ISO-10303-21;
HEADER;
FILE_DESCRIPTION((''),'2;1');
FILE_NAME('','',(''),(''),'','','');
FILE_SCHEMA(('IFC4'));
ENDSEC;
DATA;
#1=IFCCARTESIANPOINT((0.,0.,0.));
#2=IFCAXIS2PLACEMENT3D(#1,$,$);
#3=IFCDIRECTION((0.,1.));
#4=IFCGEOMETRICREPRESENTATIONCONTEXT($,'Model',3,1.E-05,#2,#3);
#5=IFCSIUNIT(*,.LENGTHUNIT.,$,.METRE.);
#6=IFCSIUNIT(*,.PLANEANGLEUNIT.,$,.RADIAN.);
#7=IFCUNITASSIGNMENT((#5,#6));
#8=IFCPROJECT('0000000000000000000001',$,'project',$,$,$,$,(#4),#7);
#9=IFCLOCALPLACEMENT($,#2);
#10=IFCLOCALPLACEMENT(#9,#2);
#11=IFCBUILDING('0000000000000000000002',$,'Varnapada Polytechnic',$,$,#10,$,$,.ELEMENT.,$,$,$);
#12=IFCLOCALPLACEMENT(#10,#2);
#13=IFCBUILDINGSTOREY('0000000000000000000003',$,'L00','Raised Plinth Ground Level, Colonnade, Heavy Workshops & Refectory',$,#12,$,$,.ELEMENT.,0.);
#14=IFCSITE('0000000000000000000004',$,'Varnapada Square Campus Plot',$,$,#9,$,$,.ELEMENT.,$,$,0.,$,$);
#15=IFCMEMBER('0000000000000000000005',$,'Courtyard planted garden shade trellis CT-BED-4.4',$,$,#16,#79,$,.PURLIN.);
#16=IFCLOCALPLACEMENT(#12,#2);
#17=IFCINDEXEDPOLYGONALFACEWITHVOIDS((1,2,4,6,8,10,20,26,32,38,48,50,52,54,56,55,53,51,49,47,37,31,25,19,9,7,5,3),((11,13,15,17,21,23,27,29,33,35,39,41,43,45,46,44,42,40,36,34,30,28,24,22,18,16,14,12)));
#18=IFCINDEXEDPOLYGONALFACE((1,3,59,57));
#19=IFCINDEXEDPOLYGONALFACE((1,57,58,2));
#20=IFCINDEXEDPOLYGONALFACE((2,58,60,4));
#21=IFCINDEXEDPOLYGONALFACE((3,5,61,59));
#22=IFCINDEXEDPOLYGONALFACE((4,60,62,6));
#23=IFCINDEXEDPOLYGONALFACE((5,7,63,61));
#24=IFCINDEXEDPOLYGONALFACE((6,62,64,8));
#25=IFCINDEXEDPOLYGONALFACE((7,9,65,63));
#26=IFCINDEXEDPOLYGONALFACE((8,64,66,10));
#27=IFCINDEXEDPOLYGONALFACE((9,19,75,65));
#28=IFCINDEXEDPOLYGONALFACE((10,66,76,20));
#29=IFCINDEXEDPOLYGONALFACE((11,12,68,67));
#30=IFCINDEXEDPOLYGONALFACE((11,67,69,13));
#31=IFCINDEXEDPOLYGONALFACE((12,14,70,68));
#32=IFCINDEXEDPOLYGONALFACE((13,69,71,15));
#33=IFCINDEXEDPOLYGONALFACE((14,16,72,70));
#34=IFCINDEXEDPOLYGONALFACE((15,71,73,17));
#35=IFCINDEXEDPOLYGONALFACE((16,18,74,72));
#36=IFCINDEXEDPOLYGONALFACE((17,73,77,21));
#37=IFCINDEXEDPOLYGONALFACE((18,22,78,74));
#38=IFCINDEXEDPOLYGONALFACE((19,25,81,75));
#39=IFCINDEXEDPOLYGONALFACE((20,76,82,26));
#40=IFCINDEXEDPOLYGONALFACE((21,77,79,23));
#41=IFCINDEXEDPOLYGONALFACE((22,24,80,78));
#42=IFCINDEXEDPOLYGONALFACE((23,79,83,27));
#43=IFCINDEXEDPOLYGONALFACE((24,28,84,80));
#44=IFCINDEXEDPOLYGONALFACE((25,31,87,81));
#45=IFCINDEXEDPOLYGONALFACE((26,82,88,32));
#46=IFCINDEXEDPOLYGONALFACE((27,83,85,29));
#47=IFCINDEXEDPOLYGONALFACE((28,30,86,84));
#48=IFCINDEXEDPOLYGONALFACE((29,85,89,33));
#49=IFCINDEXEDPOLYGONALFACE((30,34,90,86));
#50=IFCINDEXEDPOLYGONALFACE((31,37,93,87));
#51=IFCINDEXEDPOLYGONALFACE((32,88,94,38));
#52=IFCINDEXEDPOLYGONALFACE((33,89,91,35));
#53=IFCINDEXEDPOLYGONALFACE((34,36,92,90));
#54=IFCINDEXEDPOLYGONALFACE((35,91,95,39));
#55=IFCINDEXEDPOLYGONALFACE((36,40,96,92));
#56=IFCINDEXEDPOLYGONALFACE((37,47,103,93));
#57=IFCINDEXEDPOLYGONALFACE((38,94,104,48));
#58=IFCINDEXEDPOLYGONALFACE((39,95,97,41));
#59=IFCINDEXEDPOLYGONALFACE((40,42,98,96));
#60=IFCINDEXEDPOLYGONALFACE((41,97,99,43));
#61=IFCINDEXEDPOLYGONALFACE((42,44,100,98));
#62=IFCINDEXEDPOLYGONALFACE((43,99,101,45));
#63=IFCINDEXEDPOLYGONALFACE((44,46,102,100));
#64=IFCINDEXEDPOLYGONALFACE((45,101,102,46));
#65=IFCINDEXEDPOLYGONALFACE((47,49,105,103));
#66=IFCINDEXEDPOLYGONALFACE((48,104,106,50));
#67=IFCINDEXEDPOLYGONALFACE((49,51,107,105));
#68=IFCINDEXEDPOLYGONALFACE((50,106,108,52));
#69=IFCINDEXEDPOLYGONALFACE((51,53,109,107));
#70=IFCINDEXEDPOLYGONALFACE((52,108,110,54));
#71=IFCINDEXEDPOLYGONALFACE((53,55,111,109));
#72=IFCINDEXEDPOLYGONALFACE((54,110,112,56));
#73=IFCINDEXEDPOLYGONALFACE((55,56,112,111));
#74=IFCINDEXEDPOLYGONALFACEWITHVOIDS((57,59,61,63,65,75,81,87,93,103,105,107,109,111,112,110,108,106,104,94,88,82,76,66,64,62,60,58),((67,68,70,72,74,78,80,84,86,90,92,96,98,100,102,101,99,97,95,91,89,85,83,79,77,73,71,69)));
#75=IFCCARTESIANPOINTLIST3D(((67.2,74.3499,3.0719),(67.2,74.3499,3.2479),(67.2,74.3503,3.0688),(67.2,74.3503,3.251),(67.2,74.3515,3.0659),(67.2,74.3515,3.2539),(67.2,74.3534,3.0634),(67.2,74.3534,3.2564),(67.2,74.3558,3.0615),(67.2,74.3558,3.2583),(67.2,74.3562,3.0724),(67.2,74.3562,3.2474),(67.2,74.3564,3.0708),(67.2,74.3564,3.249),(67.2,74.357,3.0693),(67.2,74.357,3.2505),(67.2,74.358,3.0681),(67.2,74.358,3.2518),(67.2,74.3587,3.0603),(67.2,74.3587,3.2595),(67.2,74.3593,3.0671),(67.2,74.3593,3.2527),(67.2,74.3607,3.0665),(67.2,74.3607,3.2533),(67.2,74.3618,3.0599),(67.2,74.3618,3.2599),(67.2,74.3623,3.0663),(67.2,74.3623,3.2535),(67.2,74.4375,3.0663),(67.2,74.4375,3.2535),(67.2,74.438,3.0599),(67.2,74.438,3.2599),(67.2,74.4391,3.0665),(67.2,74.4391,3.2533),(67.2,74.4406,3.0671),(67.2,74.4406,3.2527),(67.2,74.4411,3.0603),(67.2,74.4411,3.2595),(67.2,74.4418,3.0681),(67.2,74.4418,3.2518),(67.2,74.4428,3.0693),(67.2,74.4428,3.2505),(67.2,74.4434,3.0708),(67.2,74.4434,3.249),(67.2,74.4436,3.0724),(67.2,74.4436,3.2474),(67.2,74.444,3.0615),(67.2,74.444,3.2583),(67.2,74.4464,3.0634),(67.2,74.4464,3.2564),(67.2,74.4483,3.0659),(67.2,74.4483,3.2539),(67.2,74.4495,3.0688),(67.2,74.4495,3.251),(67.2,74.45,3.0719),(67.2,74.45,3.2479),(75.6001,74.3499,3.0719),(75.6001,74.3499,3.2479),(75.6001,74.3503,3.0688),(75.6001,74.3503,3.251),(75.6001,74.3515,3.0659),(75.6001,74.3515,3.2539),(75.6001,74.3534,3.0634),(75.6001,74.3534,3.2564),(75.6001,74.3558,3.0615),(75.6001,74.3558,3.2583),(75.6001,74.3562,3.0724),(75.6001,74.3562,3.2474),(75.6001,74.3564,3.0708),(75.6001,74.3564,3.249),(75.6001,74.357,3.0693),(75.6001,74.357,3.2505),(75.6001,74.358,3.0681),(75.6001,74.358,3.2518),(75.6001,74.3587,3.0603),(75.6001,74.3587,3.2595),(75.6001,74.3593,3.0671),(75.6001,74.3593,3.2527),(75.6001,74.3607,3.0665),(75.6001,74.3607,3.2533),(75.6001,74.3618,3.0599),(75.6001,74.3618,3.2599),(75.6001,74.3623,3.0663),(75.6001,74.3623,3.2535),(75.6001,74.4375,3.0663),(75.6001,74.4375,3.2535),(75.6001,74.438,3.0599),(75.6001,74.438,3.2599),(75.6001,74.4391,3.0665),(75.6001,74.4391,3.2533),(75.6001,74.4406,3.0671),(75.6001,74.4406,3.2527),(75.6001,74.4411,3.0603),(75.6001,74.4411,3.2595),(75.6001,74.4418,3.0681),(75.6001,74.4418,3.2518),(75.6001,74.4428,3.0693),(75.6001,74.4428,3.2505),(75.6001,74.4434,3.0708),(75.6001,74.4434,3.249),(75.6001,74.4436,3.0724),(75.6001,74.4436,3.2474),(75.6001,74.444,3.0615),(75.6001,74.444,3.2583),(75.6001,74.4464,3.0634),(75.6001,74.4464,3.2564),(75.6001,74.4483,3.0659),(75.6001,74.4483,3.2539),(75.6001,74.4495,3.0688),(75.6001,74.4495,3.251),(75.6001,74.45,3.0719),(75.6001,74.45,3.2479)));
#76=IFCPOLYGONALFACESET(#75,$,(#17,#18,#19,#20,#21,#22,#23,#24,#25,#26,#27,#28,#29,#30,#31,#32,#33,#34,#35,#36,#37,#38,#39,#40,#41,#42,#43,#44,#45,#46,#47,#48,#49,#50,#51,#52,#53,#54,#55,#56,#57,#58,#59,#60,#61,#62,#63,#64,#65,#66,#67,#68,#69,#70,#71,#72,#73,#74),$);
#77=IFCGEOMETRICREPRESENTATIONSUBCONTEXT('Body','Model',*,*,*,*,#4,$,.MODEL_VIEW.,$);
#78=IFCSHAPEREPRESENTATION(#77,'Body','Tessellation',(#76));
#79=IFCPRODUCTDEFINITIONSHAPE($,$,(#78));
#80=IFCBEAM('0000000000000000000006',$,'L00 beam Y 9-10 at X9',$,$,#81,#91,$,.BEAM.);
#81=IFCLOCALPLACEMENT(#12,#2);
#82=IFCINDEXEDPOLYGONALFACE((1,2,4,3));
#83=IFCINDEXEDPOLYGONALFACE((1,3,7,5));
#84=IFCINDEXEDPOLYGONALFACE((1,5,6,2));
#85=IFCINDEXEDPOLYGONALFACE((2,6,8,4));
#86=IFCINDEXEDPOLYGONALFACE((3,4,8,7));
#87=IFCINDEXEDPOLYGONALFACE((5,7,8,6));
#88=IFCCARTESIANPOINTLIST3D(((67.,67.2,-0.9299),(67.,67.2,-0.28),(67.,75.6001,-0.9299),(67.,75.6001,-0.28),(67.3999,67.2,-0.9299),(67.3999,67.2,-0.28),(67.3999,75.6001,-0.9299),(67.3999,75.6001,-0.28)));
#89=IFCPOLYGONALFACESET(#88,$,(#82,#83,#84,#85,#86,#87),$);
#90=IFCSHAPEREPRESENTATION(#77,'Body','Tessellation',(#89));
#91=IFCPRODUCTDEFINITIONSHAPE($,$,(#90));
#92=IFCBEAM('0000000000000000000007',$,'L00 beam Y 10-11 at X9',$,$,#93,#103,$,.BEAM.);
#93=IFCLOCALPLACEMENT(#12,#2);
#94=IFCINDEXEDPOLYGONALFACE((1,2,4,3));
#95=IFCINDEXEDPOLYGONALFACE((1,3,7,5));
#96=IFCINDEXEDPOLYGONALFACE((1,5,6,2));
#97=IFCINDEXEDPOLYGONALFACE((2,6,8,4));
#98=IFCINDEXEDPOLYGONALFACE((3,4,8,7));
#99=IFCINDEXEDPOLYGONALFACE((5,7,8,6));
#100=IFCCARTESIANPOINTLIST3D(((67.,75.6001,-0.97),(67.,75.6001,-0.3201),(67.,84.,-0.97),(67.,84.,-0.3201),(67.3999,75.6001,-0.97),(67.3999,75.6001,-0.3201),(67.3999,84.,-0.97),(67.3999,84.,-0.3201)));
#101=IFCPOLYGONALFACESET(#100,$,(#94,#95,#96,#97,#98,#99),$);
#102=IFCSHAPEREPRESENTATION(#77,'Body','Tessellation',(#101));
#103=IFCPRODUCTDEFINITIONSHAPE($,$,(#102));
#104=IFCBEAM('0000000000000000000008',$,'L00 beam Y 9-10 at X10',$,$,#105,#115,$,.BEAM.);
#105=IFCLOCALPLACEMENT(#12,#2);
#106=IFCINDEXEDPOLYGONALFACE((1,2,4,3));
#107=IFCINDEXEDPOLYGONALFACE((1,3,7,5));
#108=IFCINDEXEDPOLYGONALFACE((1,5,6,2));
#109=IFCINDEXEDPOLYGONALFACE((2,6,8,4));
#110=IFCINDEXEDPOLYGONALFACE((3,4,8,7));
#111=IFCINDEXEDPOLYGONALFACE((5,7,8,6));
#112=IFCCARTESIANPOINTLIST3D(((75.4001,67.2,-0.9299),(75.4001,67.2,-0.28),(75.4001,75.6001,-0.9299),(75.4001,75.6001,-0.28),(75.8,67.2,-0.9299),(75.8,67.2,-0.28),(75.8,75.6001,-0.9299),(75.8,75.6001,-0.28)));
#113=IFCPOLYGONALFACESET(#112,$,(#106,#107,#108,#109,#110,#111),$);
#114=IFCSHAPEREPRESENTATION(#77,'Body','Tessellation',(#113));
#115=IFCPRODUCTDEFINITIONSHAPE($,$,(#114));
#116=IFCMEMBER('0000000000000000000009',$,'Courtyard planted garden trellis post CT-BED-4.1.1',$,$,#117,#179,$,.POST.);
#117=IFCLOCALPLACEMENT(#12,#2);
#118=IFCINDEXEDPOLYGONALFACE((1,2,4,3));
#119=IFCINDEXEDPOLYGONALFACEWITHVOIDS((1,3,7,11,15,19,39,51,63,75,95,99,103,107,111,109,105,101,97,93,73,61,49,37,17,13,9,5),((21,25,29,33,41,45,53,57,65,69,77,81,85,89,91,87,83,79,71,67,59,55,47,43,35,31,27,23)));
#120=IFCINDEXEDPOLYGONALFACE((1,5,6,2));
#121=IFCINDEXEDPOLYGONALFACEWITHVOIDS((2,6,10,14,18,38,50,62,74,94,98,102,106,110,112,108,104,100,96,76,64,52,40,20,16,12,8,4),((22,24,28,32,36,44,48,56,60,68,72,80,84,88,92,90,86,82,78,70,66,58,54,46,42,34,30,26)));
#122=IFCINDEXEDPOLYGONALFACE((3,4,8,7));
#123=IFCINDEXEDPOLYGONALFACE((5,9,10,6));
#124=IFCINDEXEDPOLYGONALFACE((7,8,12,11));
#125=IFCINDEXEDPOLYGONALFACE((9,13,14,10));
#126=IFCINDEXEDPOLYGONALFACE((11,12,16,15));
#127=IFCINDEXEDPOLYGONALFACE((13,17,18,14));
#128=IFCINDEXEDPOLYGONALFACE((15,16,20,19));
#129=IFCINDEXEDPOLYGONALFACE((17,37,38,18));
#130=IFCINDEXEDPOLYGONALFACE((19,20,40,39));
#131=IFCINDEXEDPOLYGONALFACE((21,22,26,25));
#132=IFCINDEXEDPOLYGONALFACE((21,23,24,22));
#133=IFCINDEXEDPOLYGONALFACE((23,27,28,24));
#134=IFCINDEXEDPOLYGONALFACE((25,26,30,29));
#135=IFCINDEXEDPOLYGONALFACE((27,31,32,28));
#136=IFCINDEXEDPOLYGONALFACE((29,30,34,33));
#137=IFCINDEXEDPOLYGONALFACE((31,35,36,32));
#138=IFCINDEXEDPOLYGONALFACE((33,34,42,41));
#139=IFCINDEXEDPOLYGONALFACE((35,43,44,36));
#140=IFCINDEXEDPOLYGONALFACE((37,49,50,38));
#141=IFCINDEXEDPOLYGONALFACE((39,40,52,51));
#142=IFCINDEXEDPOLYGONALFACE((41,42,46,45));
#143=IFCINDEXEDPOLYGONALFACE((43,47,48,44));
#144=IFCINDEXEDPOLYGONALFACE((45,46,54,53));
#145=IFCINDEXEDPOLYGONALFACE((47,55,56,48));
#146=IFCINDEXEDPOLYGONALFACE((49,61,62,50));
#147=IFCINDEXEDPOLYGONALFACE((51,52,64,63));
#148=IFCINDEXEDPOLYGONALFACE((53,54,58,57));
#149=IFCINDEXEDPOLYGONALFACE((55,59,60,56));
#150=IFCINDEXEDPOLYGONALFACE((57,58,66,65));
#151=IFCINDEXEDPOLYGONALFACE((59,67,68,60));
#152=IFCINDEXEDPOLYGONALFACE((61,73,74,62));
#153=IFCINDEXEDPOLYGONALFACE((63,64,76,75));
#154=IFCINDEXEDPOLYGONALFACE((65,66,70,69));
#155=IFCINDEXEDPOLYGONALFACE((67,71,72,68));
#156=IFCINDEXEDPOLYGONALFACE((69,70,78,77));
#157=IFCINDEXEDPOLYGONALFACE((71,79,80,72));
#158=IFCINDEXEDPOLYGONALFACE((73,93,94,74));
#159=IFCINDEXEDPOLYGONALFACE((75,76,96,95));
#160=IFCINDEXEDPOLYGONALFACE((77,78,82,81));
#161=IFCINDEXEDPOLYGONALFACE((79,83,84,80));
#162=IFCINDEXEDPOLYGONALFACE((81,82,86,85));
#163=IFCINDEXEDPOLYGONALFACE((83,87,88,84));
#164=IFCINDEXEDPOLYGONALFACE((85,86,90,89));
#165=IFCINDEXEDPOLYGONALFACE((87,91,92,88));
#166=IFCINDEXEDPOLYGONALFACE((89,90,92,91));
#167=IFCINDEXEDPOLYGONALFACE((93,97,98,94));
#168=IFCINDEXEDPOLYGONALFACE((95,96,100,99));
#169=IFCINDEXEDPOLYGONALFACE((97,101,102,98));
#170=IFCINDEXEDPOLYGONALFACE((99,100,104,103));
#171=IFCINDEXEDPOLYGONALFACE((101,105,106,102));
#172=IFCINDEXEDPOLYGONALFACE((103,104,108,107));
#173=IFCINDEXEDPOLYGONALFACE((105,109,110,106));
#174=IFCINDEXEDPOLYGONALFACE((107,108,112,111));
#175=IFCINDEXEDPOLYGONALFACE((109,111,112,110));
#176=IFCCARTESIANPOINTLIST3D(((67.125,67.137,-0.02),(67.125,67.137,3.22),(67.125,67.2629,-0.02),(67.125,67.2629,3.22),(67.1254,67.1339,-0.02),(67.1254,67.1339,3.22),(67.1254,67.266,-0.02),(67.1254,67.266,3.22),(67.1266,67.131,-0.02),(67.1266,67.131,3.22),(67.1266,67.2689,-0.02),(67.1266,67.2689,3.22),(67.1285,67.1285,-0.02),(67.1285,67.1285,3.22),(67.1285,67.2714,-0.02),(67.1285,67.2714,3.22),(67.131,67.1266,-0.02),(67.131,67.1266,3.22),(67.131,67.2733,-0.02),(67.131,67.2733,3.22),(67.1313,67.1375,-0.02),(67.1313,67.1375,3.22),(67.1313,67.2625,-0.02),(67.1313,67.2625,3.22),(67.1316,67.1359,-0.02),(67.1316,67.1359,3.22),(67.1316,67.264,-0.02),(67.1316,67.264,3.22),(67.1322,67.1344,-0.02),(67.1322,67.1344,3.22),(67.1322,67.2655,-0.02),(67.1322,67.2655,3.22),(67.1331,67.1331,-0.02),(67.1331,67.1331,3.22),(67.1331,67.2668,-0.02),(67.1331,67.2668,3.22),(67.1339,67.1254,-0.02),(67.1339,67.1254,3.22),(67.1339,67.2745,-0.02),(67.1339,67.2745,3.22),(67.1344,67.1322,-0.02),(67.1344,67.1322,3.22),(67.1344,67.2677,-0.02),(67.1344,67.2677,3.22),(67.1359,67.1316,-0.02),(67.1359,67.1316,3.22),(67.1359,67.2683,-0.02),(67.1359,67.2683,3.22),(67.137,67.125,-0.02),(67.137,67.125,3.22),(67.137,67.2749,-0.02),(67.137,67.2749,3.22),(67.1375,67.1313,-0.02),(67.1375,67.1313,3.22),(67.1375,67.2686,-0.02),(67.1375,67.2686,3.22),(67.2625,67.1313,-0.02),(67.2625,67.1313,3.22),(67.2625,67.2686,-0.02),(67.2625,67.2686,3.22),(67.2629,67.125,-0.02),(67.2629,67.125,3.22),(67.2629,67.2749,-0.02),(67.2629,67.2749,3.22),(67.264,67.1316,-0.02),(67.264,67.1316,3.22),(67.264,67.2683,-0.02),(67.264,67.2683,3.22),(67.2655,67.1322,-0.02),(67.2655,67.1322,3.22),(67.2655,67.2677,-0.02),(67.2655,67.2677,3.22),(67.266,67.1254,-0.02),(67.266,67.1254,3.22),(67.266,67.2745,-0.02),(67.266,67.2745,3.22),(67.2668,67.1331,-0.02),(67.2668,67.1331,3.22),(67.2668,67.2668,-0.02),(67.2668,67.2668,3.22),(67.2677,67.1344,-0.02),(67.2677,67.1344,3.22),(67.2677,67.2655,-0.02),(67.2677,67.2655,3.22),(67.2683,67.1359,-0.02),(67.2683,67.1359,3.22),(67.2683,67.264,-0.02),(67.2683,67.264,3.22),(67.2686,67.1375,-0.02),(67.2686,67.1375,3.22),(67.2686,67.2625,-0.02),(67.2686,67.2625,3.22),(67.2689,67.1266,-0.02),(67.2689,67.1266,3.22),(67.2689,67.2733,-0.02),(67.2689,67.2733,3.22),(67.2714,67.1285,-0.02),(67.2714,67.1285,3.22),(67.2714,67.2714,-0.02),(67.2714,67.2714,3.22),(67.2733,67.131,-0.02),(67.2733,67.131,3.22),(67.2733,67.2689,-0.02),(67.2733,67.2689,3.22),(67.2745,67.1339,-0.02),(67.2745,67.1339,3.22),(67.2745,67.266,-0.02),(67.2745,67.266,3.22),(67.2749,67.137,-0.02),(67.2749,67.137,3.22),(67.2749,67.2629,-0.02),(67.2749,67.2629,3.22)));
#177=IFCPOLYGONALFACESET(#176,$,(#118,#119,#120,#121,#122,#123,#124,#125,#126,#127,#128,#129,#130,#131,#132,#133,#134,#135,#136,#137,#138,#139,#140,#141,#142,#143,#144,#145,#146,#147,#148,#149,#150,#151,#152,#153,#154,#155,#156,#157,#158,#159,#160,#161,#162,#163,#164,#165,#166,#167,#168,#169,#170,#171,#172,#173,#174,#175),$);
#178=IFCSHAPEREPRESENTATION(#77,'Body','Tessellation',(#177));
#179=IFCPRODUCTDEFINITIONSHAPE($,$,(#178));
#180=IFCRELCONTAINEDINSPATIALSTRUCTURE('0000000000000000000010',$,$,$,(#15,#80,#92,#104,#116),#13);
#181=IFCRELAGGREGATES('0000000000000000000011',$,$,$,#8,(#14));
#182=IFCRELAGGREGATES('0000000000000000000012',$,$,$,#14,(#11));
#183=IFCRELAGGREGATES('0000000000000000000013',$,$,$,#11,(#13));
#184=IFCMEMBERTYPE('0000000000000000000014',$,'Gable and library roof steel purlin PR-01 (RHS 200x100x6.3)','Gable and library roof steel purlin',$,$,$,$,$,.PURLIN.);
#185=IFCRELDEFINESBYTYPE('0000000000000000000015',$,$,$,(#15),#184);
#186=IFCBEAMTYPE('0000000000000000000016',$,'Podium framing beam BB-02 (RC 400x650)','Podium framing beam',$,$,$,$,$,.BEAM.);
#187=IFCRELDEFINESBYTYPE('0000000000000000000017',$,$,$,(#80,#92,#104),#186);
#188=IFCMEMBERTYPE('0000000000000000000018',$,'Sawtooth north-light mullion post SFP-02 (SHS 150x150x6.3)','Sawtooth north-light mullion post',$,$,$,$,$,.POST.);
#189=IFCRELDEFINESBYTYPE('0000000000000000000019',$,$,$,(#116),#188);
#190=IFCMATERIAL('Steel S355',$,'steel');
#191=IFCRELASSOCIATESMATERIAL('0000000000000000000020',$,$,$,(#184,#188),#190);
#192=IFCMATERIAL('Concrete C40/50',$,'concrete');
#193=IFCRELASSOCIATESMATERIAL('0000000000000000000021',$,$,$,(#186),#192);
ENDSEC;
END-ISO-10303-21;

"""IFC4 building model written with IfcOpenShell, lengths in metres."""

from ifc_helpers import new_model, si_unit, direction, frame, origin, origin_2d, place, context, subcontext, project, spatial, rectangle, hollow_rectangle, extrude, material, material_profile, profile_set, type_object, element, save


model = new_model("IFC4")

# Units and contexts
model_context = context("Model", 3, precision=1e-05, world=origin(), true_north=direction((0.0, 1.0)))
body_context = subcontext(model_context, "Body", "Model", "MODEL_VIEW")
ifc_project = project(units=[si_unit("LENGTHUNIT", "METRE"), si_unit("PLANEANGLEUNIT", "RADIAN")], contexts=[model_context])

# Site, building, storey
site_placement = place(None, origin())
site = spatial("IfcSite", under=ifc_project, at=site_placement, Name="Varnapada Square Campus Plot", CompositionType="ELEMENT", RefElevation=0.0)
building_placement = place(site_placement, origin())
building = spatial("IfcBuilding", under=site, at=building_placement, Name="Varnapada Polytechnic", CompositionType="ELEMENT")
storey_placement = place(building_placement, origin())
storey = spatial("IfcBuildingStorey", under=building, at=storey_placement, Name="L00", Description="Raised Plinth Ground Level, Colonnade, Heavy Workshops & Refectory", CompositionType="ELEMENT", Elevation=0.0)

# Shared definitions
ifc_material_1 = material(Name="Concrete C40/50", Category="concrete")

# Member
ifc_material_2 = material(Name="Steel S355", Category="steel")
ifc_material_profile_1 = material_profile(ifc_material_2, hollow_rectangle(XDim=0.1001, YDim=0.2, WallThickness=0.0063, InnerFilletRadius=0.0061, OuterFilletRadius=0.012, at=origin_2d()), Name="RHS 200x100x6.3")
ifc_profile_set_1 = profile_set([ifc_material_profile_1], Name="Steel S355")
member_type_1 = type_object("IfcMemberType", Name="Gable and library roof steel purlin PR-01 (RHS 200x100x6.3)", Description="Gable and library roof steel purlin", PredefinedType="PURLIN", material=ifc_profile_set_1)
for number, where, z_axis, x_axis, name in (
    (1, (67.2, 74.3999, 3.1599), (1.0, 0.0, 0.0), (0.0, 1.0, 0.0), "Courtyard planted garden shade trellis CT-BED-4.4"),
):
    element("IfcMember", number, at=place(storey_placement, frame(where, z_axis=z_axis, x_axis=x_axis)), inside=storey, type_object=member_type_1, Name=name, PredefinedType="PURLIN", context=body_context, shape_type="SweptSolid", body=[
        extrude(hollow_rectangle(XDim=0.1001, YDim=0.2, WallThickness=0.0063, InnerFilletRadius=0.0061, OuterFilletRadius=0.012, at=origin_2d()), origin(), (0.0, 0.0, 1.0), 8.4001),
    ])

# Beams
ifc_material_profile_2 = material_profile(ifc_material_1, rectangle(XDim=0.3999, YDim=0.6499, at=origin_2d()), Name="RC 400x650")
ifc_profile_set_2 = profile_set([ifc_material_profile_2], Name="Concrete C40/50")
beam_type_1 = type_object("IfcBeamType", Name="Podium framing beam BB-02 (RC 400x650)", Description="Podium framing beam", PredefinedType="BEAM", material=ifc_profile_set_2)
beam_1_placement = place(storey_placement, frame((67.2, 67.2, -0.605), z_axis=(0.0, 1.0, 0.0), x_axis=(-1.0, 0.0, 0.0)))
element("IfcBeam", 2, at=beam_1_placement, inside=storey, type_object=beam_type_1, Name="L00 beam Y 9-10 at X9", PredefinedType="BEAM", context=body_context, shape_type="SweptSolid", body=[
    extrude(rectangle(XDim=0.3999, YDim=0.6499, at=origin_2d()), origin(), (0.0, 0.0, 1.0), 8.4001),
])
beam_2_placement = place(storey_placement, frame((67.2, 75.6001, -0.645), z_axis=(0.0, 1.0, 0.0), x_axis=(-1.0, 0.0, 0.0)))
element("IfcBeam", 3, at=beam_2_placement, inside=storey, type_object=beam_type_1, Name="L00 beam Y 10-11 at X9", PredefinedType="BEAM", context=body_context, shape_type="SweptSolid", body=[
    extrude(rectangle(XDim=0.3999, YDim=0.6499, at=origin_2d()), origin(), (0.0, 0.0, 1.0), 8.3999),
])
beam_3_placement = place(storey_placement, frame((75.6001, 67.2, -0.605), z_axis=(0.0, 1.0, 0.0), x_axis=(-1.0, 0.0, 0.0)))
element("IfcBeam", 4, at=beam_3_placement, inside=storey, type_object=beam_type_1, Name="L00 beam Y 9-10 at X10", PredefinedType="BEAM", context=body_context, shape_type="SweptSolid", body=[
    extrude(rectangle(XDim=0.3999, YDim=0.6499, at=origin_2d()), origin(), (0.0, 0.0, 1.0), 8.4001),
])

# Member
ifc_material_profile_3 = material_profile(ifc_material_2, hollow_rectangle(XDim=0.1499, YDim=0.1499, WallThickness=0.0063, InnerFilletRadius=0.0061, OuterFilletRadius=0.012, at=origin_2d()), Name="SHS 150x150x6.3")
ifc_profile_set_3 = profile_set([ifc_material_profile_3], Name="Steel S355")
member_type_2 = type_object("IfcMemberType", Name="Sawtooth north-light mullion post SFP-02 (SHS 150x150x6.3)", Description="Sawtooth north-light mullion post", PredefinedType="POST", material=ifc_profile_set_3)
for number, where, z_axis, x_axis, name in (
    (5, (67.2, 67.2, -0.02), (0.0, 0.0, 1.0), (1.0, 0.0, 0.0), "Courtyard planted garden trellis post CT-BED-4.1.1"),
):
    element("IfcMember", number, at=place(storey_placement, frame(where, z_axis=z_axis, x_axis=x_axis)), inside=storey, type_object=member_type_2, Name=name, PredefinedType="POST", context=body_context, shape_type="SweptSolid", body=[
        extrude(hollow_rectangle(XDim=0.1499, YDim=0.1499, WallThickness=0.0063, InnerFilletRadius=0.0061, OuterFilletRadius=0.012, at=origin_2d()), origin(), (0.0, 0.0, 1.0), 3.24),
    ])

save(model, "model.ifc")
